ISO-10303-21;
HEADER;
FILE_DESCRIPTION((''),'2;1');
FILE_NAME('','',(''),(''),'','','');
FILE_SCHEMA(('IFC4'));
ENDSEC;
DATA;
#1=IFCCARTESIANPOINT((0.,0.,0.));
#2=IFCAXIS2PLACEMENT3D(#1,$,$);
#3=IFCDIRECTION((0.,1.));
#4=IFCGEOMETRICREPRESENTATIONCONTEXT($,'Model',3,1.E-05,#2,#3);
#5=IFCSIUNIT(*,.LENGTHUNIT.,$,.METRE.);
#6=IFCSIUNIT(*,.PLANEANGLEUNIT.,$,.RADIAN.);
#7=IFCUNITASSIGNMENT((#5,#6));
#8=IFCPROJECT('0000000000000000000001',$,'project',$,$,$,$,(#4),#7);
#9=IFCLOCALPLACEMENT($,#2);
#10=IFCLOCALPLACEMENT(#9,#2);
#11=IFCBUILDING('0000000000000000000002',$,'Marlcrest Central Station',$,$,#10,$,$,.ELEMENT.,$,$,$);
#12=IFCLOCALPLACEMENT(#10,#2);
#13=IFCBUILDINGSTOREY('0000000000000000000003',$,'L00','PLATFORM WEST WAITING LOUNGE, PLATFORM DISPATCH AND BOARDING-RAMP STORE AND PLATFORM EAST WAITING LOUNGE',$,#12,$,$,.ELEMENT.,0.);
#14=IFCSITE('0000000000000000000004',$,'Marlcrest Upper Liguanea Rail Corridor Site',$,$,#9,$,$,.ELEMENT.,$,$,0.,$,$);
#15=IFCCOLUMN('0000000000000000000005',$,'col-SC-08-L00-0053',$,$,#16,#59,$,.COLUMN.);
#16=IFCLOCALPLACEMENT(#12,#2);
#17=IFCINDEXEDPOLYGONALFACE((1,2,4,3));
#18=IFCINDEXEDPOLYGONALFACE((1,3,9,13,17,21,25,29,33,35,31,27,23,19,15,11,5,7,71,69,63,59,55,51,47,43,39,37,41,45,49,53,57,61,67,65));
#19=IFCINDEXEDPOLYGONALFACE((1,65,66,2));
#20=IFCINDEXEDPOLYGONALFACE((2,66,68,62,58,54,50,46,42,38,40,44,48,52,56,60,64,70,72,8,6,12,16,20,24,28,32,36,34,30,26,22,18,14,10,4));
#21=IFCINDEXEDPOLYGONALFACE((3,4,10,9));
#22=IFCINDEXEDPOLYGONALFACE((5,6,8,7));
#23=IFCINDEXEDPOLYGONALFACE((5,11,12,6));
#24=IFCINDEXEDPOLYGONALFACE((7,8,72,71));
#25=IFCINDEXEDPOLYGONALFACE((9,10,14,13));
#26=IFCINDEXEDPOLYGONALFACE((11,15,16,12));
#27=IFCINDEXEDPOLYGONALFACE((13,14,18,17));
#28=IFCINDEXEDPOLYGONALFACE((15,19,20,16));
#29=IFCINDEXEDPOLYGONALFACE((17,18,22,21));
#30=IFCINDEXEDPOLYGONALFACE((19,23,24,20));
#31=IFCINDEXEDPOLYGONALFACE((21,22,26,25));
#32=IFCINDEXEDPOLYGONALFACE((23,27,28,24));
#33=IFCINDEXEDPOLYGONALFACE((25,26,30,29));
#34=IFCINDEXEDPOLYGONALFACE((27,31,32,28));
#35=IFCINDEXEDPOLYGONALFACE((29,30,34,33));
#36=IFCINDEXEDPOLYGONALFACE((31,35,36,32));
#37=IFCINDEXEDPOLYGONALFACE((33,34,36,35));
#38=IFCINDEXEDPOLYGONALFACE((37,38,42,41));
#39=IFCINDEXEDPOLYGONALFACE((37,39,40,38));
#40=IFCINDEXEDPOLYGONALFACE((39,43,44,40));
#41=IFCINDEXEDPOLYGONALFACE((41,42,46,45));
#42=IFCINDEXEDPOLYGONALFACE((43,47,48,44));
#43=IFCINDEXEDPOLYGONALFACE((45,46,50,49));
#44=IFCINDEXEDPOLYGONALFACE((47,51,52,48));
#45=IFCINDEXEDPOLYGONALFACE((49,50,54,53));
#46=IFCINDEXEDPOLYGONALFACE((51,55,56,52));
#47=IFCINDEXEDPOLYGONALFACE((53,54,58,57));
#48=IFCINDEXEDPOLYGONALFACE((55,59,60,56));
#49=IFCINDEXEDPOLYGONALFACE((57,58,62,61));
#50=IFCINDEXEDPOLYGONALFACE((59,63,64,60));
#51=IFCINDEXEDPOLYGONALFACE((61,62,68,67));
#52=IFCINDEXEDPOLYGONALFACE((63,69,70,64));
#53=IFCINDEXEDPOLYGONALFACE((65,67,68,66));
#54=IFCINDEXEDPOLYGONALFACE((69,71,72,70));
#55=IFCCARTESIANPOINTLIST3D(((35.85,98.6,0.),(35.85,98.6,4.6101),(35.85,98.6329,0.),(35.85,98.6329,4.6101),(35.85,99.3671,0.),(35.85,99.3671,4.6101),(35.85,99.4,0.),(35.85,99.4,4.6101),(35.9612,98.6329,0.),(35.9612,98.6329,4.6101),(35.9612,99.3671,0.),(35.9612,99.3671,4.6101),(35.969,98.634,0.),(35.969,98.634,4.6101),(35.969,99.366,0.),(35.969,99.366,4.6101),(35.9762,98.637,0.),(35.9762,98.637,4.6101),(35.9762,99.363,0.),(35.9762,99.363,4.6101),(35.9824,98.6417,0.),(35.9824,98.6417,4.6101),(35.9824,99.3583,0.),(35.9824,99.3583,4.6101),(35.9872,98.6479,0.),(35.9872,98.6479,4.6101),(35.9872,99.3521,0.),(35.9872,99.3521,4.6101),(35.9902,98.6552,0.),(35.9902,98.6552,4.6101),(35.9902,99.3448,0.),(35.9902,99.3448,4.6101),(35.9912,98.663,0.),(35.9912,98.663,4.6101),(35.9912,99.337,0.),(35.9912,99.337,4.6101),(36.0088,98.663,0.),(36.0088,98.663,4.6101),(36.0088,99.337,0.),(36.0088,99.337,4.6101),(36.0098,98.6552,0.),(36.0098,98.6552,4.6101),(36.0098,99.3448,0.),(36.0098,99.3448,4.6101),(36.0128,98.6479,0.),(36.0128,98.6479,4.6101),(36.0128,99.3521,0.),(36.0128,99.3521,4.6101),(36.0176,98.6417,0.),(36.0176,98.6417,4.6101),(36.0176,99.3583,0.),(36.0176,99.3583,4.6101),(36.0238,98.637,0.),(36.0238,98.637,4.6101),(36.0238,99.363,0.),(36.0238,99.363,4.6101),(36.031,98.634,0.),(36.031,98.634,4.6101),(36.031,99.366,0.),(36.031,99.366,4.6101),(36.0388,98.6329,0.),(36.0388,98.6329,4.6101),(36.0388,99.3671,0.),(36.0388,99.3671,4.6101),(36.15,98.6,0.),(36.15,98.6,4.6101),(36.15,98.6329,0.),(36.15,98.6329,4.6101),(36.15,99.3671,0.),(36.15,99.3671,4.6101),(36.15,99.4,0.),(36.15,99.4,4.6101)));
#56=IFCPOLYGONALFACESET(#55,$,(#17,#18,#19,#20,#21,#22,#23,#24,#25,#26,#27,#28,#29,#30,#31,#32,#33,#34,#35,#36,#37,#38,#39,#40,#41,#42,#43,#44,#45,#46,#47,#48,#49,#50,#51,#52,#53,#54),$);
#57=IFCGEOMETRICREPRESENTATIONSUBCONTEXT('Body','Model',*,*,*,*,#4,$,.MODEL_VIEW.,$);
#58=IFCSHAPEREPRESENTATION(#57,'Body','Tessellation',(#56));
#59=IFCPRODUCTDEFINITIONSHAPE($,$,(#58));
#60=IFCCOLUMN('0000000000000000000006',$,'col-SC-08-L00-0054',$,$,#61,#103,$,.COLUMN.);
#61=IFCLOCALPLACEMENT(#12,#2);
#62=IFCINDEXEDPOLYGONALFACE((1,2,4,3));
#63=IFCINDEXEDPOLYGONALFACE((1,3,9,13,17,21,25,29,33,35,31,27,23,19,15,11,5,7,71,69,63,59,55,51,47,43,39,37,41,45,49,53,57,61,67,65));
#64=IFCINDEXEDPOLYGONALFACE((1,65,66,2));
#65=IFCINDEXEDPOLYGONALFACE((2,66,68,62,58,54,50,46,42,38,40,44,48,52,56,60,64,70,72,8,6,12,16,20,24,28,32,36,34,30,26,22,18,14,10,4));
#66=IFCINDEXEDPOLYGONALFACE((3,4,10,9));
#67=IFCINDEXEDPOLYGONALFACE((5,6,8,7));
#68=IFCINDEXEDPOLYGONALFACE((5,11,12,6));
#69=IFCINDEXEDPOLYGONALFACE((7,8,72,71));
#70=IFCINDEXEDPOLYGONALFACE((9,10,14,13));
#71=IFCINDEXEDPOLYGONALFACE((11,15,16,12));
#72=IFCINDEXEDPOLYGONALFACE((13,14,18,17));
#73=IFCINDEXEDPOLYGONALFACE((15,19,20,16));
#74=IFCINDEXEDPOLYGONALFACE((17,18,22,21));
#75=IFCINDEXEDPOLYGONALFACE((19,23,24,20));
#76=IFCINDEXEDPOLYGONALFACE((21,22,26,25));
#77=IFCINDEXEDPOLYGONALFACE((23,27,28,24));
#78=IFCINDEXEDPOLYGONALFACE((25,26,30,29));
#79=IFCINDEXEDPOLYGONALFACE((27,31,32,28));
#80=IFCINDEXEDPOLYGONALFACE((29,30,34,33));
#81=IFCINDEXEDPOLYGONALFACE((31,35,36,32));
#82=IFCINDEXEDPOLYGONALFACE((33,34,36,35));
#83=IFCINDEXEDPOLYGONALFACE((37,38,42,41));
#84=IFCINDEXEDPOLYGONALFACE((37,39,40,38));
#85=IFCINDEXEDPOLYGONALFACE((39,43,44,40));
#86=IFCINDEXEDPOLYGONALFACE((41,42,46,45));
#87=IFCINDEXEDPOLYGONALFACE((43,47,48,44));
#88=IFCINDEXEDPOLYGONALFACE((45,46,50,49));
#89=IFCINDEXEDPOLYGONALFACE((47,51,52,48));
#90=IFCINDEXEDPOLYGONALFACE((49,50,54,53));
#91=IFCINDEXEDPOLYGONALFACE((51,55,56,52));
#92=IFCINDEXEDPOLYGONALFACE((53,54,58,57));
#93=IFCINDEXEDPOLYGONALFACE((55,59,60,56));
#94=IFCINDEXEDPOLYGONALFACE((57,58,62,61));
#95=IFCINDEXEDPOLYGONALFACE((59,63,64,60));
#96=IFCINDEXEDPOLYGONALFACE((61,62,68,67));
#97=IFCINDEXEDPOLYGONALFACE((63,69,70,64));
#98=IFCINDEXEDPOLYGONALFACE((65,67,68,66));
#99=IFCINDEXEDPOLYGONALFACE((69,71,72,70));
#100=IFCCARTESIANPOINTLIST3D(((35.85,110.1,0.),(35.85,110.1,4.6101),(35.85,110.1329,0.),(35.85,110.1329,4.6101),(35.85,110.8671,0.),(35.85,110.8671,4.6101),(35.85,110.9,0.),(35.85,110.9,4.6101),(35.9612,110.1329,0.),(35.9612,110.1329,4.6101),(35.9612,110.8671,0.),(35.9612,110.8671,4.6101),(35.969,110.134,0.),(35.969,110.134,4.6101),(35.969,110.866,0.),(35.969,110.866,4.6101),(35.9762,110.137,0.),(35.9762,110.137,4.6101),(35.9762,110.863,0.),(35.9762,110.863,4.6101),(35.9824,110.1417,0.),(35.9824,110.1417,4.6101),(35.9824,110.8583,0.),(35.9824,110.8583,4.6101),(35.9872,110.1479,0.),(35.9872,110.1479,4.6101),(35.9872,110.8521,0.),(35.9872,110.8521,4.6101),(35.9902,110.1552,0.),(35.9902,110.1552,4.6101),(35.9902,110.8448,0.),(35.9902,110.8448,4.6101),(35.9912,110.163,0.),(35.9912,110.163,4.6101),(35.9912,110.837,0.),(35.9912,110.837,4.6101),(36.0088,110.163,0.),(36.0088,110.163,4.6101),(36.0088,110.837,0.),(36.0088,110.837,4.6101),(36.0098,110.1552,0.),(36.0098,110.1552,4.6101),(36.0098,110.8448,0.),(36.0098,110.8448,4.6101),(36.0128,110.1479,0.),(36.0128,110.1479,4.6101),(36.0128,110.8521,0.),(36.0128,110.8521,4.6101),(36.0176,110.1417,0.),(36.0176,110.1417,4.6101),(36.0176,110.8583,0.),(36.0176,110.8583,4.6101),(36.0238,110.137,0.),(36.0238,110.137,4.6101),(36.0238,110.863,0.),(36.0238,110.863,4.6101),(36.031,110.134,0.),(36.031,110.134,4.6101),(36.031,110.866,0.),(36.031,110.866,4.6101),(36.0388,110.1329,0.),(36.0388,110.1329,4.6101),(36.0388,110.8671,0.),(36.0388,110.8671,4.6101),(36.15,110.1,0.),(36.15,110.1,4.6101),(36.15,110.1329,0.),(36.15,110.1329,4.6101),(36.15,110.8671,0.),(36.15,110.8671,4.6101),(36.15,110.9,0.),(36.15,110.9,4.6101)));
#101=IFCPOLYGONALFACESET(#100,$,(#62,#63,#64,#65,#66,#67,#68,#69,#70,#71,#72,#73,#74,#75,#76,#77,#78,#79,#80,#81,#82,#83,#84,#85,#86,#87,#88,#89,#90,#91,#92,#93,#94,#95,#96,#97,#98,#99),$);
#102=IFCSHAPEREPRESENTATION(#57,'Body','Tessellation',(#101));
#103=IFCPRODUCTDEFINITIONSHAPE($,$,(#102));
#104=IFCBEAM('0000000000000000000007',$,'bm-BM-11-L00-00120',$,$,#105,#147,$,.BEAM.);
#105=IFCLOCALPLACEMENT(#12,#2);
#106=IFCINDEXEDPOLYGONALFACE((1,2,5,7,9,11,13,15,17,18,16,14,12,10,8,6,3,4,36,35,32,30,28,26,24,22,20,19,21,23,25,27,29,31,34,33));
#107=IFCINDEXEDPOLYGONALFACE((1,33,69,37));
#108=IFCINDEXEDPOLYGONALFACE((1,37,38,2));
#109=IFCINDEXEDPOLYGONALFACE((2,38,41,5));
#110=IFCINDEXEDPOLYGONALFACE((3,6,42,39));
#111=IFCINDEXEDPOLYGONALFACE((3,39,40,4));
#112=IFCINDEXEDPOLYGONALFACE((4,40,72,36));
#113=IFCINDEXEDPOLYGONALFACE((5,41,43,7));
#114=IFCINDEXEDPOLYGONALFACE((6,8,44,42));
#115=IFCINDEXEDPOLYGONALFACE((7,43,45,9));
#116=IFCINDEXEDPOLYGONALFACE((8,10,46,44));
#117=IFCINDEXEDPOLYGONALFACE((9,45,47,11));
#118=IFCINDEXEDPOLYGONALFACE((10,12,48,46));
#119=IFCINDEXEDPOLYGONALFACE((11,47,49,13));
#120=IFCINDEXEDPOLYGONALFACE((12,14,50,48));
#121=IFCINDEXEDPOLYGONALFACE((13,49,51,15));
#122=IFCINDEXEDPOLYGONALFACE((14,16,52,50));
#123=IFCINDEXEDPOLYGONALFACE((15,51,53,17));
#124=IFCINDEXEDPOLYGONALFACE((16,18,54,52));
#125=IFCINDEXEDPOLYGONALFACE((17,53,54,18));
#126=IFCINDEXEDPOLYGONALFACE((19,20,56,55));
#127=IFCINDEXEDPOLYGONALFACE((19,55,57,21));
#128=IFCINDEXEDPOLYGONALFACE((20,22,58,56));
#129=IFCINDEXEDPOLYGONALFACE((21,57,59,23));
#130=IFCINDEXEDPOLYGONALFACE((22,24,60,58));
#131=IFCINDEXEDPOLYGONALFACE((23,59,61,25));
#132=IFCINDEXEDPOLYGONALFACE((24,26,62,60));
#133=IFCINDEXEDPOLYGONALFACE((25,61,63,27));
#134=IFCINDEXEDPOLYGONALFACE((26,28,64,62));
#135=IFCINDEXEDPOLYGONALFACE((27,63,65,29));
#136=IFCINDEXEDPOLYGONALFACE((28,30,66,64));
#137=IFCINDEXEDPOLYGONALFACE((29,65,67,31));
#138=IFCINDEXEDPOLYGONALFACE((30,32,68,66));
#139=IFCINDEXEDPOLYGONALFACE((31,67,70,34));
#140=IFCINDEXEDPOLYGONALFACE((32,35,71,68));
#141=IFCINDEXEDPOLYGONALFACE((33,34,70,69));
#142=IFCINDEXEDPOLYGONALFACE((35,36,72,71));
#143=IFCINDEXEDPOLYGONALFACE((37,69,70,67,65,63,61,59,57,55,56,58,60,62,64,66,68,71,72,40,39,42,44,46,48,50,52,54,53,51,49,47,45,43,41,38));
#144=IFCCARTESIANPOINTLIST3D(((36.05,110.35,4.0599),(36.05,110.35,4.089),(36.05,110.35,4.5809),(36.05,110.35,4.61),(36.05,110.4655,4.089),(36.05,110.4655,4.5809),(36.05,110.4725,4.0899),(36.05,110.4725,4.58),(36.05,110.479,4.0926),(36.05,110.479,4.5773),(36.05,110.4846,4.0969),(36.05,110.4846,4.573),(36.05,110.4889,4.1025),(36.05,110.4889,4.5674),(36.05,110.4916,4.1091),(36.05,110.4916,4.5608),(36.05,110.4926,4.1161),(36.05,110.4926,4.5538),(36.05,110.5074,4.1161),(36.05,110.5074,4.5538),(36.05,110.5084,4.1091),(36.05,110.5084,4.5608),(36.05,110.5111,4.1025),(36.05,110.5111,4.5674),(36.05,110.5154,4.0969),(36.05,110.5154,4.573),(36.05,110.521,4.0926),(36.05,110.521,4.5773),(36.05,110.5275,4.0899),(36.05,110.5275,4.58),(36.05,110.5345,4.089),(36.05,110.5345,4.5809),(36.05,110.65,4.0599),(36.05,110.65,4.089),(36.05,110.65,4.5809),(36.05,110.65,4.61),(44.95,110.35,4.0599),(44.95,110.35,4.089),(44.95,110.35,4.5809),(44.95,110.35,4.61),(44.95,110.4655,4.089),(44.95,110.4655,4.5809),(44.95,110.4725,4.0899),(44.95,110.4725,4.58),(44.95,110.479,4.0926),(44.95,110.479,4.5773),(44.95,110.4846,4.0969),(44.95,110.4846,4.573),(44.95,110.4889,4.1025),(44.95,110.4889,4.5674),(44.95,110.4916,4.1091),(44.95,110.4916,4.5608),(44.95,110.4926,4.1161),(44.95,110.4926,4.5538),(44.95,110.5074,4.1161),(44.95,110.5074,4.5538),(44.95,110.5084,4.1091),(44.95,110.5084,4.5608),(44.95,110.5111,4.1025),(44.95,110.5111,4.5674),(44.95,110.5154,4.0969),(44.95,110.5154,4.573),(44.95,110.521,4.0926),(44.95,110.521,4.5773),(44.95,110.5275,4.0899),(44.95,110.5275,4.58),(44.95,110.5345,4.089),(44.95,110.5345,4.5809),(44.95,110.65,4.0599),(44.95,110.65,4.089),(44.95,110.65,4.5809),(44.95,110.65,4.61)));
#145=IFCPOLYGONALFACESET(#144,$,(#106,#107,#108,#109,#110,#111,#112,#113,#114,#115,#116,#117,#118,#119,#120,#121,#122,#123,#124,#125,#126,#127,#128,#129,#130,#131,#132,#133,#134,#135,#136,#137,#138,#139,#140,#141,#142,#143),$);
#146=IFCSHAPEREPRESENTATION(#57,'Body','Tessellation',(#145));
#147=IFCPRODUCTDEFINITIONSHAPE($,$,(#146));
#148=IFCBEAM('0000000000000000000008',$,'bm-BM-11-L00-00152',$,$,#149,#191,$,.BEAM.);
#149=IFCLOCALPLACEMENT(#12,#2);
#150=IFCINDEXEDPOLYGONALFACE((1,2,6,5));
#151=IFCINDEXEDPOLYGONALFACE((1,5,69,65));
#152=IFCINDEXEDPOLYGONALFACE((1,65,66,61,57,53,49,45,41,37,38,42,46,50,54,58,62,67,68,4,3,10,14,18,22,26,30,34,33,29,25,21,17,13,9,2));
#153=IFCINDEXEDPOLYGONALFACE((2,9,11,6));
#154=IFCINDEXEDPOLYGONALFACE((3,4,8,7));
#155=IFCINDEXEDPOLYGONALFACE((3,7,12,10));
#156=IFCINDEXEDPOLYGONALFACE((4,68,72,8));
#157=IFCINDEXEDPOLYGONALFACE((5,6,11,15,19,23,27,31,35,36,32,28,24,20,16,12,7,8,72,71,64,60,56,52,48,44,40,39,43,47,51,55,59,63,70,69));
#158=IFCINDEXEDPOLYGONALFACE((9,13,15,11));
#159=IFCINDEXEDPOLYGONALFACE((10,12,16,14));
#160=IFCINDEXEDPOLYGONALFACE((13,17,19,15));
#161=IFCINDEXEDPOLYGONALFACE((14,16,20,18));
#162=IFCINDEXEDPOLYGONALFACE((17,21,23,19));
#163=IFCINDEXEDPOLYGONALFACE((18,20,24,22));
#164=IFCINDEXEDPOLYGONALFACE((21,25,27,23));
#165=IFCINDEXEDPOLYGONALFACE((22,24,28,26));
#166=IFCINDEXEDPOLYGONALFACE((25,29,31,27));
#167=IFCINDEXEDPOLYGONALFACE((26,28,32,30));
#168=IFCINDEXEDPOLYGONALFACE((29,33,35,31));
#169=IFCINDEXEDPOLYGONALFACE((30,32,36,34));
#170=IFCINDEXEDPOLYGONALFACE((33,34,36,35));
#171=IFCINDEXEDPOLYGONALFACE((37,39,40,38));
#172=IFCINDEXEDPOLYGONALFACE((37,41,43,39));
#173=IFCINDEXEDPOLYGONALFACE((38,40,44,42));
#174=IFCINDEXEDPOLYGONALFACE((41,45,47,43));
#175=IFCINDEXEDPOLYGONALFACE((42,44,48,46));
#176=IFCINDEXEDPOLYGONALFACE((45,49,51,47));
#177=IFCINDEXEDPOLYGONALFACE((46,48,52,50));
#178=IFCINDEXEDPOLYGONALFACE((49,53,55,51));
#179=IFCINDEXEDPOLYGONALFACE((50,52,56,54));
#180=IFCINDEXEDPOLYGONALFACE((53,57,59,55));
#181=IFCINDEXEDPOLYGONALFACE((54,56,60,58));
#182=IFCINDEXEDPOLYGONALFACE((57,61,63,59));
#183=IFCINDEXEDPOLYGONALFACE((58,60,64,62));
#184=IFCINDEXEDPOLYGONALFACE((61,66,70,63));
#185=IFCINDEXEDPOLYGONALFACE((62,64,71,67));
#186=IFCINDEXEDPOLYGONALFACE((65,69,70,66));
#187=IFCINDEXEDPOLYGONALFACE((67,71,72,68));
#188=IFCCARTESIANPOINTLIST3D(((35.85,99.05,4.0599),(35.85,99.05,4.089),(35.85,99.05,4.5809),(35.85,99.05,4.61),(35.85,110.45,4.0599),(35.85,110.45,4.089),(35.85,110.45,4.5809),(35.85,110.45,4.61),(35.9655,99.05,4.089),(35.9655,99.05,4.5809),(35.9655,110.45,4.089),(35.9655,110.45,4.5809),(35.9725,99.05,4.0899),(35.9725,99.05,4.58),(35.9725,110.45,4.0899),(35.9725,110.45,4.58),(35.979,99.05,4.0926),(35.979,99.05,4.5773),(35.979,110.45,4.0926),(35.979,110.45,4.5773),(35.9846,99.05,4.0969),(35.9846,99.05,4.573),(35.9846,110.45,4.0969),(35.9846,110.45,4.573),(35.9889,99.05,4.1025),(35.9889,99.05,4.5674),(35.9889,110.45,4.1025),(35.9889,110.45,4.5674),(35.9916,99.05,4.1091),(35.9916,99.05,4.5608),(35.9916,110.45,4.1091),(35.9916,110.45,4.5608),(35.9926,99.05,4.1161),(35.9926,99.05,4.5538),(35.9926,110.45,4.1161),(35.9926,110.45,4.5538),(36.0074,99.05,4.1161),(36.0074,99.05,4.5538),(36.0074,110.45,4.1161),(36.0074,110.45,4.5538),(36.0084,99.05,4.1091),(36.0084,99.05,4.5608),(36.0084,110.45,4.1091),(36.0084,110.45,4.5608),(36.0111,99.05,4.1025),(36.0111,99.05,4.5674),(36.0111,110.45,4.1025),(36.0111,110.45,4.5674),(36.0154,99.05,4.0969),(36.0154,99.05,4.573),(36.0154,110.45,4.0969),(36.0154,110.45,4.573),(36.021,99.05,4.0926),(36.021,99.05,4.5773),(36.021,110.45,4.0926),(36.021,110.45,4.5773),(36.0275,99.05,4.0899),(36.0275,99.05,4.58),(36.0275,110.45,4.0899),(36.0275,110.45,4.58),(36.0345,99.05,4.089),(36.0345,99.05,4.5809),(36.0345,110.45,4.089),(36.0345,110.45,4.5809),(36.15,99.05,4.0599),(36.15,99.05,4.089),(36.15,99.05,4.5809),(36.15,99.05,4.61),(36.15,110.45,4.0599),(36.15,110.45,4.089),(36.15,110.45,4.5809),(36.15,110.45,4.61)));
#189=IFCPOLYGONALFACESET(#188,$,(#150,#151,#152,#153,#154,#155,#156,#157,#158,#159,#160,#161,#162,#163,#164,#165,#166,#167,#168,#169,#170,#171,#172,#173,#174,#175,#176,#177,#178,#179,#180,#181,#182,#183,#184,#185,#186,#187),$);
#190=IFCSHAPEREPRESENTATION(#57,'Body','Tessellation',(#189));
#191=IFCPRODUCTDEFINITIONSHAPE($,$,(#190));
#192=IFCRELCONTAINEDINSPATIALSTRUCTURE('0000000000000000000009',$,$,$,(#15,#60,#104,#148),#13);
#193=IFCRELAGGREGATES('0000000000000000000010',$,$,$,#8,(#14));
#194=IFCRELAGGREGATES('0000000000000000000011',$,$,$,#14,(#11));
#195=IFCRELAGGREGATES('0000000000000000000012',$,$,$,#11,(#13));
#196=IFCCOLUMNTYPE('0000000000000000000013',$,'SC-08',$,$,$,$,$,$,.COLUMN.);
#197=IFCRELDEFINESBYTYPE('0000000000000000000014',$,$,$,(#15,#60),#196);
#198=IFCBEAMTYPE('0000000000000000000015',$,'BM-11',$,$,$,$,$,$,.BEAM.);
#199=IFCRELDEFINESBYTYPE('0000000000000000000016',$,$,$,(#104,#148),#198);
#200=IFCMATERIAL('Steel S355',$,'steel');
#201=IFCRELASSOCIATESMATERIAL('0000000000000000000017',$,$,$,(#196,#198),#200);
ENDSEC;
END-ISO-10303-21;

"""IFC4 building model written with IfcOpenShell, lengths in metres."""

from ifc_helpers import new_model, si_unit, direction, frame, origin, origin_2d, place, context, subcontext, project, spatial, i_section, extrude, material, material_profile, profile_set, type_object, element, save


model = new_model("IFC4")

# Units and contexts
model_context = context("Model", 3, precision=1e-05, world=origin(), true_north=direction((0.0, 1.0)))
body_context = subcontext(model_context, "Body", "Model", "MODEL_VIEW")
ifc_project = project(units=[si_unit("LENGTHUNIT", "METRE"), si_unit("PLANEANGLEUNIT", "RADIAN")], contexts=[model_context])

# Site, building, storey
site_placement = place(None, origin())
site = spatial("IfcSite", under=ifc_project, at=site_placement, Name="Marlcrest Upper Liguanea Rail Corridor Site", CompositionType="ELEMENT", RefElevation=0.0)
building_placement = place(site_placement, origin())
building = spatial("IfcBuilding", under=site, at=building_placement, Name="Marlcrest Central Station", CompositionType="ELEMENT")
storey_placement = place(building_placement, origin())
storey = spatial("IfcBuildingStorey", under=building, at=storey_placement, Name="L00", Description="PLATFORM WEST WAITING LOUNGE, PLATFORM DISPATCH AND BOARDING-RAMP STORE AND PLATFORM EAST WAITING LOUNGE", CompositionType="ELEMENT", Elevation=0.0)

# Columns
ifc_material_1 = material(Name="Steel S355", Category="steel")
ifc_material_profile_1 = material_profile(ifc_material_1, i_section(OverallWidth=0.3, OverallDepth=0.8, WebThickness=0.0176, FlangeThickness=0.033, FilletRadius=0.03, at=origin_2d()), Name="HEB 800")
ifc_profile_set_1 = profile_set([ifc_material_profile_1], Name="Steel S355")
column_type = type_object("IfcColumnType", Name="SC-08", PredefinedType="COLUMN", material=ifc_profile_set_1)
for number, where, z_axis, x_axis, name in (
    (1, (36.0, 99.0, 0.0), (0.0, 0.0, 1.0), (1.0, 0.0, 0.0), "col-SC-08-L00-0053"),
    (2, (36.0, 110.5, 0.0), (0.0, 0.0, 1.0), (1.0, 0.0, 0.0), "col-SC-08-L00-0054"),
):
    element("IfcColumn", number, at=place(storey_placement, frame(where, z_axis=z_axis, x_axis=x_axis)), inside=storey, type_object=column_type, Name=name, PredefinedType="COLUMN", context=body_context, shape_type="SweptSolid", body=[
        extrude(i_section(OverallWidth=0.3, OverallDepth=0.8, WebThickness=0.0176, FlangeThickness=0.033, FilletRadius=0.03, at=origin_2d()), origin(), (0.0, 0.0, 1.0), 4.6101),
    ])

# Beams
ifc_material_profile_2 = material_profile(ifc_material_1, i_section(OverallWidth=0.3, OverallDepth=0.55, WebThickness=0.0149, FlangeThickness=0.0291, FilletRadius=0.0271, at=origin_2d()), Name="HEB 550")
ifc_profile_set_2 = profile_set([ifc_material_profile_2], Name="Steel S355")
beam_type_1 = type_object("IfcBeamType", Name="BM-11", PredefinedType="BEAM", material=ifc_profile_set_2)
beam_1_placement = place(storey_placement, frame((36.05, 110.5, 4.335), z_axis=(1.0, 0.0, 0.0), x_axis=(0.0, 1.0, 0.0)))
element("IfcBeam", 3, at=beam_1_placement, inside=storey, type_object=beam_type_1, Name="bm-BM-11-L00-00120", PredefinedType="BEAM", context=body_context, shape_type="SweptSolid", body=[
    extrude(i_section(OverallWidth=0.3, OverallDepth=0.55, WebThickness=0.0149, FlangeThickness=0.0291, FilletRadius=0.0271, at=origin_2d()), origin(), (0.0, 0.0, 1.0), 8.8999),
])
beam_2_placement = place(storey_placement, frame((36.0, 99.05, 4.335), z_axis=(0.0, 1.0, 0.0), x_axis=(-1.0, 0.0, 0.0)))
element("IfcBeam", 4, at=beam_2_placement, inside=storey, type_object=beam_type_1, Name="bm-BM-11-L00-00152", PredefinedType="BEAM", context=body_context, shape_type="SweptSolid", body=[
    extrude(i_section(OverallWidth=0.3, OverallDepth=0.55, WebThickness=0.0149, FlangeThickness=0.0291, FilletRadius=0.0271, at=origin_2d()), origin(), (0.0, 0.0, 1.0), 11.3999),
])

save(model, "model.ifc")
